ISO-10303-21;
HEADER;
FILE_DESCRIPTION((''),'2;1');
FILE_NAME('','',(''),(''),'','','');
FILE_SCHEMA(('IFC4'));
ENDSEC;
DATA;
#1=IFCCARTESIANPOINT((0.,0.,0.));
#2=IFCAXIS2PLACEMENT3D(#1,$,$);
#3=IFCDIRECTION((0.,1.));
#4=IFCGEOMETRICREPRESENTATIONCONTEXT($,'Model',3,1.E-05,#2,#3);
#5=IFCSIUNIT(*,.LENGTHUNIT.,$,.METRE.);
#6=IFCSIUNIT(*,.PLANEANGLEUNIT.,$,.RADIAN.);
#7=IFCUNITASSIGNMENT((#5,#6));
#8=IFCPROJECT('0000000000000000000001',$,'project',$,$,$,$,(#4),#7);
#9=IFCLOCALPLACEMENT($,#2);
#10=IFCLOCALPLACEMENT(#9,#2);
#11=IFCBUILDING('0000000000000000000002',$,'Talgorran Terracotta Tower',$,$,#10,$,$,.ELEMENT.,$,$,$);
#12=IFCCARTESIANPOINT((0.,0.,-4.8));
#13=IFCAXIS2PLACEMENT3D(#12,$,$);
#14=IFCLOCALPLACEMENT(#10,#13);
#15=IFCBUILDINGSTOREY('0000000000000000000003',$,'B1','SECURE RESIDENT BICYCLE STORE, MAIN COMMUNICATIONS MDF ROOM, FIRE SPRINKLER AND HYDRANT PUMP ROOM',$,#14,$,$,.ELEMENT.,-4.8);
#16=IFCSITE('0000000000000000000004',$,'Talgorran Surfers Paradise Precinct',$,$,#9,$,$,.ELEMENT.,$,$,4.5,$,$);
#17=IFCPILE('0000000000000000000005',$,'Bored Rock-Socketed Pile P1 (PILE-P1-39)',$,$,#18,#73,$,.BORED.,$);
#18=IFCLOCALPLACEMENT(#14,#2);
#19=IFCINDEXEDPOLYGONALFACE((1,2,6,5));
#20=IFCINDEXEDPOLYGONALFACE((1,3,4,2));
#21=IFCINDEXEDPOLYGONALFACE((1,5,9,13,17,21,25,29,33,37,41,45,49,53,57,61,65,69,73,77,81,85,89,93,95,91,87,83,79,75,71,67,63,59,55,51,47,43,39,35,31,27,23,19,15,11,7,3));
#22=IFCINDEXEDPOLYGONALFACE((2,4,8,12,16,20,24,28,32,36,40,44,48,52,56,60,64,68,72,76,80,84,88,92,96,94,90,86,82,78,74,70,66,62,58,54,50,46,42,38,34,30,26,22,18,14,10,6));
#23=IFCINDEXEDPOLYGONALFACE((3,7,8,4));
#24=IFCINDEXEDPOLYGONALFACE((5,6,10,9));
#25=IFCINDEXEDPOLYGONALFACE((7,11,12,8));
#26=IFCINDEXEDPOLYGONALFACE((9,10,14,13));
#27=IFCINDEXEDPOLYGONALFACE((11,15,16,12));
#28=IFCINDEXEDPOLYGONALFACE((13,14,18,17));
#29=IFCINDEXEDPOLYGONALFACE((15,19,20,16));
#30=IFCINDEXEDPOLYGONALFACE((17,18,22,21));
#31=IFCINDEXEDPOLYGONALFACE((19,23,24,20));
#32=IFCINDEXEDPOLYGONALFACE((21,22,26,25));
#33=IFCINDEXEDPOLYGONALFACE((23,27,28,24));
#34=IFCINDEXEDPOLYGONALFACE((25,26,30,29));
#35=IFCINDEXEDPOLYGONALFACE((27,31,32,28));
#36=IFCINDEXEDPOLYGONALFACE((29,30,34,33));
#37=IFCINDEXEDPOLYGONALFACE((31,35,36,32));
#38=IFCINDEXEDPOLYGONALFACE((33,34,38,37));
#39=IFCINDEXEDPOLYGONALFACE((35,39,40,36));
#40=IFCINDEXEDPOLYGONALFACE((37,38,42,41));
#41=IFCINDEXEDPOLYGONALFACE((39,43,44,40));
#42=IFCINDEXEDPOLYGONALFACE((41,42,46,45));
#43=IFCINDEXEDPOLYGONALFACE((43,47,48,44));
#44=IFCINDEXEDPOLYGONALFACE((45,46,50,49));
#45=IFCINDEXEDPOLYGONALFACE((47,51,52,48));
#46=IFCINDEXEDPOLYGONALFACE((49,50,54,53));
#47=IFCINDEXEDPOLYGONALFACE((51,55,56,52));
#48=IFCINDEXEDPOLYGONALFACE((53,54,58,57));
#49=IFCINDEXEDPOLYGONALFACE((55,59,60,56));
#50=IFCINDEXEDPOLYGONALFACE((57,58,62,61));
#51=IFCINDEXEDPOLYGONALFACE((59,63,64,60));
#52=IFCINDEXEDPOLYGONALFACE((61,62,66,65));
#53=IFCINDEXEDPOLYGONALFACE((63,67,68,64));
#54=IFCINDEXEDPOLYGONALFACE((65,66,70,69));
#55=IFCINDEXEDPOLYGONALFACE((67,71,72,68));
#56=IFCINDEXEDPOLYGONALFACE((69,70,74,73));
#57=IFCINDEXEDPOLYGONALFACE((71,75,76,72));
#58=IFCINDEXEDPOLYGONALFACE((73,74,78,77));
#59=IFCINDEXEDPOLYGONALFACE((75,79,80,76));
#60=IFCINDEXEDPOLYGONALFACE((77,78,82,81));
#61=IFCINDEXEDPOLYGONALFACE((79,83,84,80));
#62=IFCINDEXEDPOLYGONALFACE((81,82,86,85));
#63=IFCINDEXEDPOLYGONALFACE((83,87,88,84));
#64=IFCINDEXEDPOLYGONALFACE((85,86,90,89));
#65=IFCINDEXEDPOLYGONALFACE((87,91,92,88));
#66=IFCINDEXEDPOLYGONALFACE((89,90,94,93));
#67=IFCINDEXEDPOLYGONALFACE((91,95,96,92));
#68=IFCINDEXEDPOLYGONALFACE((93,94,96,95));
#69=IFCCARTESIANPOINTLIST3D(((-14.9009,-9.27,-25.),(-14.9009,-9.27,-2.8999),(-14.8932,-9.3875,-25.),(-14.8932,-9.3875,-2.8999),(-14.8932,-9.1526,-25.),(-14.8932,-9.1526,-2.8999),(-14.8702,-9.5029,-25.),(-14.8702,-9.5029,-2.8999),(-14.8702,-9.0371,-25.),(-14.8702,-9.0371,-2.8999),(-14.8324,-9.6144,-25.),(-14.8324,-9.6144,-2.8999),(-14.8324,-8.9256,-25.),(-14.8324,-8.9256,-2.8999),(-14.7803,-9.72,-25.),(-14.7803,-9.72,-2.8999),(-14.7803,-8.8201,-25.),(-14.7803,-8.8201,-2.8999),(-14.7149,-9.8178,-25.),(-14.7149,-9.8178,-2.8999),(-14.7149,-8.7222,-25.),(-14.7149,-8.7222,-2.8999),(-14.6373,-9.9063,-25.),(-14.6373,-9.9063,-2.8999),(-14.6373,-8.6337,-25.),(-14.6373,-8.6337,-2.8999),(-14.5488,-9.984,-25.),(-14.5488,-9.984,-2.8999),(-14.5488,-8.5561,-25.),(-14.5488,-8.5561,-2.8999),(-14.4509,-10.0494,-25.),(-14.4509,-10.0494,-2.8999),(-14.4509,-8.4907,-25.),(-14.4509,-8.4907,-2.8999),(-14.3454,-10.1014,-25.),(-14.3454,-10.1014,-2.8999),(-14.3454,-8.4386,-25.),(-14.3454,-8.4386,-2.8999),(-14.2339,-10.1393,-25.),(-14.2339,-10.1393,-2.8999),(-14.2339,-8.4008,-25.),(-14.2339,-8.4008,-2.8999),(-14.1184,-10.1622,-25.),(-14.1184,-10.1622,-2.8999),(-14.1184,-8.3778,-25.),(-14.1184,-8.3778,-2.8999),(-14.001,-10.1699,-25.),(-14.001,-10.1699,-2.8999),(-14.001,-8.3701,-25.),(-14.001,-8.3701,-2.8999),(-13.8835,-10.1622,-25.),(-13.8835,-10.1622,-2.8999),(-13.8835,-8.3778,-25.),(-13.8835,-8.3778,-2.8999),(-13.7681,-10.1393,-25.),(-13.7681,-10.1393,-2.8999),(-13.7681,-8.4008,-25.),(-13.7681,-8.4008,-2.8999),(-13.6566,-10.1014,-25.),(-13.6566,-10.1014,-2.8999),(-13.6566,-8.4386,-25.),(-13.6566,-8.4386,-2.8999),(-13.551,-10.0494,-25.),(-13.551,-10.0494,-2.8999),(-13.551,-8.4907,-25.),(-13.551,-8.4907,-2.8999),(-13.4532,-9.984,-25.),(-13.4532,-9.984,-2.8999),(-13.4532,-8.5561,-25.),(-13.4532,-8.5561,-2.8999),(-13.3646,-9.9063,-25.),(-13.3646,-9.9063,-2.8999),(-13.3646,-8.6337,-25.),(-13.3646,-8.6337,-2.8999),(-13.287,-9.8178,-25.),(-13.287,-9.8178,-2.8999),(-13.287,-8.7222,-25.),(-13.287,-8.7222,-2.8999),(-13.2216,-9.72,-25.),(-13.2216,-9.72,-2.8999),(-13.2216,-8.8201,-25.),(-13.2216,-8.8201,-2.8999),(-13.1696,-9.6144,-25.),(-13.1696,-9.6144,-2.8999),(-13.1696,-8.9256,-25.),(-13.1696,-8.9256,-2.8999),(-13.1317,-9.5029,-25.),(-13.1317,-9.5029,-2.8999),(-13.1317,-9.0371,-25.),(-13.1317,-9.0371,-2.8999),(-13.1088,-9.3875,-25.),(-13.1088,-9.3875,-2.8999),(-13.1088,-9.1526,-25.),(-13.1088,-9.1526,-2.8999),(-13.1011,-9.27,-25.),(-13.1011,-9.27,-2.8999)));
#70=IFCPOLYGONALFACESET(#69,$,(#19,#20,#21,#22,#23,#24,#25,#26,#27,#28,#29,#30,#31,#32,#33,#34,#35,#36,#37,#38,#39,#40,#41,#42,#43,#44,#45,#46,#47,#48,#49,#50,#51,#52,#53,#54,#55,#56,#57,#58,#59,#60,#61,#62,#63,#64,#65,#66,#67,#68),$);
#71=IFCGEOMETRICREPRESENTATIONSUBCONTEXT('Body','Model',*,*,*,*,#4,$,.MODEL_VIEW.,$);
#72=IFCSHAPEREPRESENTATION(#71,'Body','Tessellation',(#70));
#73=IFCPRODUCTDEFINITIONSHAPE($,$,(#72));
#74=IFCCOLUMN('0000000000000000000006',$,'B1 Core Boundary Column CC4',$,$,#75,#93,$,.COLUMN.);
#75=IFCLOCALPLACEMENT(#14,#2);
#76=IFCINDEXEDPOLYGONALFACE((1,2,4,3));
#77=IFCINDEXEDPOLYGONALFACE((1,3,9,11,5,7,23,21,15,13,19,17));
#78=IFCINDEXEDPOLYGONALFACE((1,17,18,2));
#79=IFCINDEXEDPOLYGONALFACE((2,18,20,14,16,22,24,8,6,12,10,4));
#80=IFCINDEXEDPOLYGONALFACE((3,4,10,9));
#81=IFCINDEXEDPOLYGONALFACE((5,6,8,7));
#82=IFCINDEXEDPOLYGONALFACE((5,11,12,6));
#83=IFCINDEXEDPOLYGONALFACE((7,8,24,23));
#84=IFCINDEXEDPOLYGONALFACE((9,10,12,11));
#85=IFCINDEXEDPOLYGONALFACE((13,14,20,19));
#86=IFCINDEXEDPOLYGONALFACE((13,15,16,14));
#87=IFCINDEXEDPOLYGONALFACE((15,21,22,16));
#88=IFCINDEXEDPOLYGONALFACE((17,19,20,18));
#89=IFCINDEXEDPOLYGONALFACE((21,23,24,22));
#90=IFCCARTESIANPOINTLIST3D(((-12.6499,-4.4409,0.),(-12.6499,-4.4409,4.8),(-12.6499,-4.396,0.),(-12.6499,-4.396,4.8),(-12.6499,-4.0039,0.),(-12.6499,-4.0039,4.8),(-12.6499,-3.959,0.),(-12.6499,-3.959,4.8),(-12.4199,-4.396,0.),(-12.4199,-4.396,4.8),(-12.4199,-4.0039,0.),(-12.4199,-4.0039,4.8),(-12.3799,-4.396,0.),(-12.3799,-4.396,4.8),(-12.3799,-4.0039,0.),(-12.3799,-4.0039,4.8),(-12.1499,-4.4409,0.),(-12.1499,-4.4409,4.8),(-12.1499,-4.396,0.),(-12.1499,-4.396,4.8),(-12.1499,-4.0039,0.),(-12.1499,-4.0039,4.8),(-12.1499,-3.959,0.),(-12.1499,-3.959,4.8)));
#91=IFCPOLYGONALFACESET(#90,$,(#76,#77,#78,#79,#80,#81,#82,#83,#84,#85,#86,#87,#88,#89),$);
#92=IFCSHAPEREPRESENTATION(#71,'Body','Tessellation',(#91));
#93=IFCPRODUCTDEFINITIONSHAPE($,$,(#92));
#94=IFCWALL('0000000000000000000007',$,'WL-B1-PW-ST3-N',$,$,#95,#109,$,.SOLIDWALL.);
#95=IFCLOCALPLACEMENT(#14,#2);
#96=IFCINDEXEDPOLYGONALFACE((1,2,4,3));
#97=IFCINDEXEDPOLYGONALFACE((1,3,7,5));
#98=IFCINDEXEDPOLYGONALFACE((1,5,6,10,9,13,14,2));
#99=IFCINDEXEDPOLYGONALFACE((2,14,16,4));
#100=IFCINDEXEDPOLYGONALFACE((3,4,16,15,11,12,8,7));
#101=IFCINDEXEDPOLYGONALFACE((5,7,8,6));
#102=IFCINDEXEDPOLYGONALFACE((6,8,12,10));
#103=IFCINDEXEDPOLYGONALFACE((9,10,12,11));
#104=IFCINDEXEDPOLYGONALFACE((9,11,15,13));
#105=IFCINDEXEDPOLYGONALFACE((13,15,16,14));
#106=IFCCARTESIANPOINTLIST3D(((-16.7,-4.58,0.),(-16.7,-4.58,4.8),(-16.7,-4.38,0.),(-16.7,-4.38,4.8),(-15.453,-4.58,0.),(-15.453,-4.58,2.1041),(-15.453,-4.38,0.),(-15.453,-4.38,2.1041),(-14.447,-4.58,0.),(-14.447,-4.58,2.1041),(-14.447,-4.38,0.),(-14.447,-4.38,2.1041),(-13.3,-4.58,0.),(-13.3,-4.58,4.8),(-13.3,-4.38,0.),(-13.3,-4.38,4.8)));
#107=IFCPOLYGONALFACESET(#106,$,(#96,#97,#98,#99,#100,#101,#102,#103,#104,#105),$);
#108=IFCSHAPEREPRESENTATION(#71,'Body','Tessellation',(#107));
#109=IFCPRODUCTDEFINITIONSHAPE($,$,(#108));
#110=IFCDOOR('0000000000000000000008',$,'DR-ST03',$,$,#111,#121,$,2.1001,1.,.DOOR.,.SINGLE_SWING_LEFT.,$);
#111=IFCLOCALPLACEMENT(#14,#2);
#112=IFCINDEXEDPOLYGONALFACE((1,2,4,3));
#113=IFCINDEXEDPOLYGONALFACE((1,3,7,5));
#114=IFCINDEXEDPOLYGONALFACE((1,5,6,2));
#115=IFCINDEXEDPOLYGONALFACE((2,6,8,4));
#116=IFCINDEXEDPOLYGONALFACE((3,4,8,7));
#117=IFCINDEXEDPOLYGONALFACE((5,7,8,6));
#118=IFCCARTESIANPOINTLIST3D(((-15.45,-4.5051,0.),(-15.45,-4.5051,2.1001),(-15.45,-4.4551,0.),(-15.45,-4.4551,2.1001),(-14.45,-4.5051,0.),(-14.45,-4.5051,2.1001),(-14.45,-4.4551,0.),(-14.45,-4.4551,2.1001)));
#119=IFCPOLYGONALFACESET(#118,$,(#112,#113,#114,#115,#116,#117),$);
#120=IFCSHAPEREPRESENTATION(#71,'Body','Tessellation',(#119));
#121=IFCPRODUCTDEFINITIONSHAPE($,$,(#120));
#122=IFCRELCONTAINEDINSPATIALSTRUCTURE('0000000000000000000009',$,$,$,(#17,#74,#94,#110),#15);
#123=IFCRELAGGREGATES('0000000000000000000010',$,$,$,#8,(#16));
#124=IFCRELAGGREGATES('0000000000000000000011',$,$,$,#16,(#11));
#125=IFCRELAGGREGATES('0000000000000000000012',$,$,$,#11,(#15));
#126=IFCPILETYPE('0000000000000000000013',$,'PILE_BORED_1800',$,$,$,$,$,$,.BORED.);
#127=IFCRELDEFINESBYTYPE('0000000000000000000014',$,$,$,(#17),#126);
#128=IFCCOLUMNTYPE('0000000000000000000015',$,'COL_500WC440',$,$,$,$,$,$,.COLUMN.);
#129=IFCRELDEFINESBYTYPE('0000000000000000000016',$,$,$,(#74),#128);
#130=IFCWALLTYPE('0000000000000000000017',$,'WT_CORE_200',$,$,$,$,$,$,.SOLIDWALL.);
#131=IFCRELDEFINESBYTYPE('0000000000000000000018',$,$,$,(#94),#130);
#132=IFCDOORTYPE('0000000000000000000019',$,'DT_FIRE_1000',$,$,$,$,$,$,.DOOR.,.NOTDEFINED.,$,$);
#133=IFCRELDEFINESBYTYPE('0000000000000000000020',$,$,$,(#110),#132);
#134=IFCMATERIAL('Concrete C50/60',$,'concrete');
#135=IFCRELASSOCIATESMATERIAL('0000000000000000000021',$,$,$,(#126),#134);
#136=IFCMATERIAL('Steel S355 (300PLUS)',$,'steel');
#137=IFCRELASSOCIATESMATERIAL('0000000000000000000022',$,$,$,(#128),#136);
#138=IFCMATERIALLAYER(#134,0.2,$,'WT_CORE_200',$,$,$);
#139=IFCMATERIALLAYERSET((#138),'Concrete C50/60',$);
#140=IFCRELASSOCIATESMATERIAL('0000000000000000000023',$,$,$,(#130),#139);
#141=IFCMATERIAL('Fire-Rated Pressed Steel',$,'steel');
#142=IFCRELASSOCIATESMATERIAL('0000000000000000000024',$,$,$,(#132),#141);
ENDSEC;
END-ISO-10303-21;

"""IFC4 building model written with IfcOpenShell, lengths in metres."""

from ifc_helpers import new_model, si_unit, direction, frame, frame_2d, origin, origin_2d, place, context, subcontext, project, spatial, rectangle, circle, i_section, extrude, material, layer, layer_set, material_profile, profile_set, type_object, element, fill, save


model = new_model("IFC4")

# Units and contexts
model_context = context("Model", 3, precision=1e-05, world=origin(), true_north=direction((0.0, 1.0)))
body_context = subcontext(model_context, "Body", "Model", "MODEL_VIEW")
ifc_project = project(units=[si_unit("LENGTHUNIT", "METRE"), si_unit("PLANEANGLEUNIT", "RADIAN")], contexts=[model_context])

# Site, building, storey
site_placement = place(None, origin())
site = spatial("IfcSite", under=ifc_project, at=site_placement, Name="Talgorran Surfers Paradise Precinct", CompositionType="ELEMENT", RefElevation=4.5)
building_placement = place(site_placement, origin())
building = spatial("IfcBuilding", under=site, at=building_placement, Name="Talgorran Terracotta Tower", CompositionType="ELEMENT")
storey_placement = place(building_placement, frame((0.0, 0.0, -4.8)))
storey = spatial("IfcBuildingStorey", under=building, at=storey_placement, Name="B1", Description="SECURE RESIDENT BICYCLE STORE, MAIN COMMUNICATIONS MDF ROOM, FIRE SPRINKLER AND HYDRANT PUMP ROOM", CompositionType="ELEMENT", Elevation=-4.8)

# Pile
ifc_material_1 = material(Name="Concrete C50/60", Category="concrete")
ifc_material_profile_1 = material_profile(ifc_material_1, circle(Radius=0.8999, at=origin_2d()), Name="PILE1800")
ifc_profile_set_1 = profile_set([ifc_material_profile_1], Name="Concrete C50/60")
pile_type_1 = type_object("IfcPileType", Name="PILE_BORED_1800", PredefinedType="BORED", material=ifc_profile_set_1)
for number, where, z_axis, x_axis, name in (
    (1, (-14.001, -9.27, -2.8999), (0.0, 0.0, -1.0), (1.0, 0.0, 0.0), "Bored Rock-Socketed Pile P1 (PILE-P1-39)"),
):
    element("IfcPile", number, at=place(storey_placement, frame(where, z_axis=z_axis, x_axis=x_axis)), inside=storey, type_object=pile_type_1, Name=name, PredefinedType="BORED", context=body_context, shape_type="SweptSolid", body=[
        extrude(circle(Radius=0.8999, at=origin_2d()), origin(), (0.0, 0.0, 1.0), 22.1001),
    ])

# Column
ifc_material_2 = material(Name="Steel S355 (300PLUS)", Category="steel")
ifc_material_profile_2 = material_profile(ifc_material_2, i_section(OverallWidth=0.5, OverallDepth=0.4819, WebThickness=0.04, FlangeThickness=0.0449, at=origin_2d()), Name="500WC440")
ifc_profile_set_2 = profile_set([ifc_material_profile_2], Name="Steel S355 (300PLUS)")
column_type = type_object("IfcColumnType", Name="COL_500WC440", PredefinedType="COLUMN", material=ifc_profile_set_2)
column_placement = place(storey_placement, frame((-12.3999, -4.2, 0.0), z_axis=(0.0, 0.0, 1.0), x_axis=(1.0, 0.0, 0.0)))
element("IfcColumn", 2, at=column_placement, inside=storey, type_object=column_type, Name="B1 Core Boundary Column CC4", PredefinedType="COLUMN", context=body_context, shape_type="SweptSolid", body=[
    extrude(i_section(OverallWidth=0.5, OverallDepth=0.4819, WebThickness=0.04, FlangeThickness=0.0449, at=origin_2d()), origin(), (0.0, 0.0, 1.0), 4.8),
])

# Wall, opening, door
ifc_layer_1 = layer(ifc_material_1, 0.2, Name="WT_CORE_200")
ifc_layer_set_1 = layer_set([ifc_layer_1], Name="Concrete C50/60")
wall_type_1 = type_object("IfcWallType", Name="WT_CORE_200", PredefinedType="SOLIDWALL", material=ifc_layer_set_1)
wall_1_placement = place(storey_placement, frame((-16.7, -4.48, 0.0), z_axis=(0.0, 0.0, 1.0), x_axis=(1.0, 0.0, 0.0)))
wall_1 = element("IfcWall", 3, at=wall_1_placement, inside=storey, type_object=wall_type_1, Name="WL-B1-PW-ST3-N", PredefinedType="SOLIDWALL", context=body_context, shape_type="SweptSolid", body=[
    extrude(rectangle(XDim=3.3999, YDim=0.2, at=frame_2d((1.7, 0.0))), origin(), (0.0, 0.0, 1.0), 4.8),
])
opening_1_placement = place(wall_1_placement, frame((1.25, 0.0, 0.0)))
opening_1 = element("IfcOpeningElement", 4, at=opening_1_placement, cuts=wall_1, PredefinedType="OPENING", context=body_context, shape_type="SweptSolid", body=[
    extrude(rectangle(XDim=1.006, YDim=2.1041, at=frame_2d((0.5, 1.052))), frame((0.0, 0.1099, 0.0), z_axis=(0.0, -1.0, 0.0), x_axis=(1.0, 0.0, 0.0)), (0.0, 0.0, 1.0), 0.22),
])
ifc_material_3 = material(Name="Fire-Rated Pressed Steel", Category="steel")
door_type_1 = type_object("IfcDoorType", Name="DT_FIRE_1000", OperationType="NOTDEFINED", PredefinedType="DOOR", material=ifc_material_3)
door_1_placement = place(opening_1_placement, origin())
door_1 = element("IfcDoor", 5, at=door_1_placement, inside=storey, type_object=door_type_1, Name="DR-ST03", OperationType="SINGLE_SWING_LEFT", OverallHeight=2.1001, OverallWidth=1.0, PredefinedType="DOOR", context=body_context, shape_type="SweptSolid", body=[
    extrude(rectangle(XDim=1.0, YDim=2.1001, at=frame_2d((0.5, 1.05))), frame((0.0, 0.0249, 0.0), z_axis=(0.0, -1.0, 0.0), x_axis=(1.0, 0.0, 0.0)), (0.0, 0.0, 1.0), 0.05),
])
fill(opening_1, door_1)

save(model, "model.ifc")
